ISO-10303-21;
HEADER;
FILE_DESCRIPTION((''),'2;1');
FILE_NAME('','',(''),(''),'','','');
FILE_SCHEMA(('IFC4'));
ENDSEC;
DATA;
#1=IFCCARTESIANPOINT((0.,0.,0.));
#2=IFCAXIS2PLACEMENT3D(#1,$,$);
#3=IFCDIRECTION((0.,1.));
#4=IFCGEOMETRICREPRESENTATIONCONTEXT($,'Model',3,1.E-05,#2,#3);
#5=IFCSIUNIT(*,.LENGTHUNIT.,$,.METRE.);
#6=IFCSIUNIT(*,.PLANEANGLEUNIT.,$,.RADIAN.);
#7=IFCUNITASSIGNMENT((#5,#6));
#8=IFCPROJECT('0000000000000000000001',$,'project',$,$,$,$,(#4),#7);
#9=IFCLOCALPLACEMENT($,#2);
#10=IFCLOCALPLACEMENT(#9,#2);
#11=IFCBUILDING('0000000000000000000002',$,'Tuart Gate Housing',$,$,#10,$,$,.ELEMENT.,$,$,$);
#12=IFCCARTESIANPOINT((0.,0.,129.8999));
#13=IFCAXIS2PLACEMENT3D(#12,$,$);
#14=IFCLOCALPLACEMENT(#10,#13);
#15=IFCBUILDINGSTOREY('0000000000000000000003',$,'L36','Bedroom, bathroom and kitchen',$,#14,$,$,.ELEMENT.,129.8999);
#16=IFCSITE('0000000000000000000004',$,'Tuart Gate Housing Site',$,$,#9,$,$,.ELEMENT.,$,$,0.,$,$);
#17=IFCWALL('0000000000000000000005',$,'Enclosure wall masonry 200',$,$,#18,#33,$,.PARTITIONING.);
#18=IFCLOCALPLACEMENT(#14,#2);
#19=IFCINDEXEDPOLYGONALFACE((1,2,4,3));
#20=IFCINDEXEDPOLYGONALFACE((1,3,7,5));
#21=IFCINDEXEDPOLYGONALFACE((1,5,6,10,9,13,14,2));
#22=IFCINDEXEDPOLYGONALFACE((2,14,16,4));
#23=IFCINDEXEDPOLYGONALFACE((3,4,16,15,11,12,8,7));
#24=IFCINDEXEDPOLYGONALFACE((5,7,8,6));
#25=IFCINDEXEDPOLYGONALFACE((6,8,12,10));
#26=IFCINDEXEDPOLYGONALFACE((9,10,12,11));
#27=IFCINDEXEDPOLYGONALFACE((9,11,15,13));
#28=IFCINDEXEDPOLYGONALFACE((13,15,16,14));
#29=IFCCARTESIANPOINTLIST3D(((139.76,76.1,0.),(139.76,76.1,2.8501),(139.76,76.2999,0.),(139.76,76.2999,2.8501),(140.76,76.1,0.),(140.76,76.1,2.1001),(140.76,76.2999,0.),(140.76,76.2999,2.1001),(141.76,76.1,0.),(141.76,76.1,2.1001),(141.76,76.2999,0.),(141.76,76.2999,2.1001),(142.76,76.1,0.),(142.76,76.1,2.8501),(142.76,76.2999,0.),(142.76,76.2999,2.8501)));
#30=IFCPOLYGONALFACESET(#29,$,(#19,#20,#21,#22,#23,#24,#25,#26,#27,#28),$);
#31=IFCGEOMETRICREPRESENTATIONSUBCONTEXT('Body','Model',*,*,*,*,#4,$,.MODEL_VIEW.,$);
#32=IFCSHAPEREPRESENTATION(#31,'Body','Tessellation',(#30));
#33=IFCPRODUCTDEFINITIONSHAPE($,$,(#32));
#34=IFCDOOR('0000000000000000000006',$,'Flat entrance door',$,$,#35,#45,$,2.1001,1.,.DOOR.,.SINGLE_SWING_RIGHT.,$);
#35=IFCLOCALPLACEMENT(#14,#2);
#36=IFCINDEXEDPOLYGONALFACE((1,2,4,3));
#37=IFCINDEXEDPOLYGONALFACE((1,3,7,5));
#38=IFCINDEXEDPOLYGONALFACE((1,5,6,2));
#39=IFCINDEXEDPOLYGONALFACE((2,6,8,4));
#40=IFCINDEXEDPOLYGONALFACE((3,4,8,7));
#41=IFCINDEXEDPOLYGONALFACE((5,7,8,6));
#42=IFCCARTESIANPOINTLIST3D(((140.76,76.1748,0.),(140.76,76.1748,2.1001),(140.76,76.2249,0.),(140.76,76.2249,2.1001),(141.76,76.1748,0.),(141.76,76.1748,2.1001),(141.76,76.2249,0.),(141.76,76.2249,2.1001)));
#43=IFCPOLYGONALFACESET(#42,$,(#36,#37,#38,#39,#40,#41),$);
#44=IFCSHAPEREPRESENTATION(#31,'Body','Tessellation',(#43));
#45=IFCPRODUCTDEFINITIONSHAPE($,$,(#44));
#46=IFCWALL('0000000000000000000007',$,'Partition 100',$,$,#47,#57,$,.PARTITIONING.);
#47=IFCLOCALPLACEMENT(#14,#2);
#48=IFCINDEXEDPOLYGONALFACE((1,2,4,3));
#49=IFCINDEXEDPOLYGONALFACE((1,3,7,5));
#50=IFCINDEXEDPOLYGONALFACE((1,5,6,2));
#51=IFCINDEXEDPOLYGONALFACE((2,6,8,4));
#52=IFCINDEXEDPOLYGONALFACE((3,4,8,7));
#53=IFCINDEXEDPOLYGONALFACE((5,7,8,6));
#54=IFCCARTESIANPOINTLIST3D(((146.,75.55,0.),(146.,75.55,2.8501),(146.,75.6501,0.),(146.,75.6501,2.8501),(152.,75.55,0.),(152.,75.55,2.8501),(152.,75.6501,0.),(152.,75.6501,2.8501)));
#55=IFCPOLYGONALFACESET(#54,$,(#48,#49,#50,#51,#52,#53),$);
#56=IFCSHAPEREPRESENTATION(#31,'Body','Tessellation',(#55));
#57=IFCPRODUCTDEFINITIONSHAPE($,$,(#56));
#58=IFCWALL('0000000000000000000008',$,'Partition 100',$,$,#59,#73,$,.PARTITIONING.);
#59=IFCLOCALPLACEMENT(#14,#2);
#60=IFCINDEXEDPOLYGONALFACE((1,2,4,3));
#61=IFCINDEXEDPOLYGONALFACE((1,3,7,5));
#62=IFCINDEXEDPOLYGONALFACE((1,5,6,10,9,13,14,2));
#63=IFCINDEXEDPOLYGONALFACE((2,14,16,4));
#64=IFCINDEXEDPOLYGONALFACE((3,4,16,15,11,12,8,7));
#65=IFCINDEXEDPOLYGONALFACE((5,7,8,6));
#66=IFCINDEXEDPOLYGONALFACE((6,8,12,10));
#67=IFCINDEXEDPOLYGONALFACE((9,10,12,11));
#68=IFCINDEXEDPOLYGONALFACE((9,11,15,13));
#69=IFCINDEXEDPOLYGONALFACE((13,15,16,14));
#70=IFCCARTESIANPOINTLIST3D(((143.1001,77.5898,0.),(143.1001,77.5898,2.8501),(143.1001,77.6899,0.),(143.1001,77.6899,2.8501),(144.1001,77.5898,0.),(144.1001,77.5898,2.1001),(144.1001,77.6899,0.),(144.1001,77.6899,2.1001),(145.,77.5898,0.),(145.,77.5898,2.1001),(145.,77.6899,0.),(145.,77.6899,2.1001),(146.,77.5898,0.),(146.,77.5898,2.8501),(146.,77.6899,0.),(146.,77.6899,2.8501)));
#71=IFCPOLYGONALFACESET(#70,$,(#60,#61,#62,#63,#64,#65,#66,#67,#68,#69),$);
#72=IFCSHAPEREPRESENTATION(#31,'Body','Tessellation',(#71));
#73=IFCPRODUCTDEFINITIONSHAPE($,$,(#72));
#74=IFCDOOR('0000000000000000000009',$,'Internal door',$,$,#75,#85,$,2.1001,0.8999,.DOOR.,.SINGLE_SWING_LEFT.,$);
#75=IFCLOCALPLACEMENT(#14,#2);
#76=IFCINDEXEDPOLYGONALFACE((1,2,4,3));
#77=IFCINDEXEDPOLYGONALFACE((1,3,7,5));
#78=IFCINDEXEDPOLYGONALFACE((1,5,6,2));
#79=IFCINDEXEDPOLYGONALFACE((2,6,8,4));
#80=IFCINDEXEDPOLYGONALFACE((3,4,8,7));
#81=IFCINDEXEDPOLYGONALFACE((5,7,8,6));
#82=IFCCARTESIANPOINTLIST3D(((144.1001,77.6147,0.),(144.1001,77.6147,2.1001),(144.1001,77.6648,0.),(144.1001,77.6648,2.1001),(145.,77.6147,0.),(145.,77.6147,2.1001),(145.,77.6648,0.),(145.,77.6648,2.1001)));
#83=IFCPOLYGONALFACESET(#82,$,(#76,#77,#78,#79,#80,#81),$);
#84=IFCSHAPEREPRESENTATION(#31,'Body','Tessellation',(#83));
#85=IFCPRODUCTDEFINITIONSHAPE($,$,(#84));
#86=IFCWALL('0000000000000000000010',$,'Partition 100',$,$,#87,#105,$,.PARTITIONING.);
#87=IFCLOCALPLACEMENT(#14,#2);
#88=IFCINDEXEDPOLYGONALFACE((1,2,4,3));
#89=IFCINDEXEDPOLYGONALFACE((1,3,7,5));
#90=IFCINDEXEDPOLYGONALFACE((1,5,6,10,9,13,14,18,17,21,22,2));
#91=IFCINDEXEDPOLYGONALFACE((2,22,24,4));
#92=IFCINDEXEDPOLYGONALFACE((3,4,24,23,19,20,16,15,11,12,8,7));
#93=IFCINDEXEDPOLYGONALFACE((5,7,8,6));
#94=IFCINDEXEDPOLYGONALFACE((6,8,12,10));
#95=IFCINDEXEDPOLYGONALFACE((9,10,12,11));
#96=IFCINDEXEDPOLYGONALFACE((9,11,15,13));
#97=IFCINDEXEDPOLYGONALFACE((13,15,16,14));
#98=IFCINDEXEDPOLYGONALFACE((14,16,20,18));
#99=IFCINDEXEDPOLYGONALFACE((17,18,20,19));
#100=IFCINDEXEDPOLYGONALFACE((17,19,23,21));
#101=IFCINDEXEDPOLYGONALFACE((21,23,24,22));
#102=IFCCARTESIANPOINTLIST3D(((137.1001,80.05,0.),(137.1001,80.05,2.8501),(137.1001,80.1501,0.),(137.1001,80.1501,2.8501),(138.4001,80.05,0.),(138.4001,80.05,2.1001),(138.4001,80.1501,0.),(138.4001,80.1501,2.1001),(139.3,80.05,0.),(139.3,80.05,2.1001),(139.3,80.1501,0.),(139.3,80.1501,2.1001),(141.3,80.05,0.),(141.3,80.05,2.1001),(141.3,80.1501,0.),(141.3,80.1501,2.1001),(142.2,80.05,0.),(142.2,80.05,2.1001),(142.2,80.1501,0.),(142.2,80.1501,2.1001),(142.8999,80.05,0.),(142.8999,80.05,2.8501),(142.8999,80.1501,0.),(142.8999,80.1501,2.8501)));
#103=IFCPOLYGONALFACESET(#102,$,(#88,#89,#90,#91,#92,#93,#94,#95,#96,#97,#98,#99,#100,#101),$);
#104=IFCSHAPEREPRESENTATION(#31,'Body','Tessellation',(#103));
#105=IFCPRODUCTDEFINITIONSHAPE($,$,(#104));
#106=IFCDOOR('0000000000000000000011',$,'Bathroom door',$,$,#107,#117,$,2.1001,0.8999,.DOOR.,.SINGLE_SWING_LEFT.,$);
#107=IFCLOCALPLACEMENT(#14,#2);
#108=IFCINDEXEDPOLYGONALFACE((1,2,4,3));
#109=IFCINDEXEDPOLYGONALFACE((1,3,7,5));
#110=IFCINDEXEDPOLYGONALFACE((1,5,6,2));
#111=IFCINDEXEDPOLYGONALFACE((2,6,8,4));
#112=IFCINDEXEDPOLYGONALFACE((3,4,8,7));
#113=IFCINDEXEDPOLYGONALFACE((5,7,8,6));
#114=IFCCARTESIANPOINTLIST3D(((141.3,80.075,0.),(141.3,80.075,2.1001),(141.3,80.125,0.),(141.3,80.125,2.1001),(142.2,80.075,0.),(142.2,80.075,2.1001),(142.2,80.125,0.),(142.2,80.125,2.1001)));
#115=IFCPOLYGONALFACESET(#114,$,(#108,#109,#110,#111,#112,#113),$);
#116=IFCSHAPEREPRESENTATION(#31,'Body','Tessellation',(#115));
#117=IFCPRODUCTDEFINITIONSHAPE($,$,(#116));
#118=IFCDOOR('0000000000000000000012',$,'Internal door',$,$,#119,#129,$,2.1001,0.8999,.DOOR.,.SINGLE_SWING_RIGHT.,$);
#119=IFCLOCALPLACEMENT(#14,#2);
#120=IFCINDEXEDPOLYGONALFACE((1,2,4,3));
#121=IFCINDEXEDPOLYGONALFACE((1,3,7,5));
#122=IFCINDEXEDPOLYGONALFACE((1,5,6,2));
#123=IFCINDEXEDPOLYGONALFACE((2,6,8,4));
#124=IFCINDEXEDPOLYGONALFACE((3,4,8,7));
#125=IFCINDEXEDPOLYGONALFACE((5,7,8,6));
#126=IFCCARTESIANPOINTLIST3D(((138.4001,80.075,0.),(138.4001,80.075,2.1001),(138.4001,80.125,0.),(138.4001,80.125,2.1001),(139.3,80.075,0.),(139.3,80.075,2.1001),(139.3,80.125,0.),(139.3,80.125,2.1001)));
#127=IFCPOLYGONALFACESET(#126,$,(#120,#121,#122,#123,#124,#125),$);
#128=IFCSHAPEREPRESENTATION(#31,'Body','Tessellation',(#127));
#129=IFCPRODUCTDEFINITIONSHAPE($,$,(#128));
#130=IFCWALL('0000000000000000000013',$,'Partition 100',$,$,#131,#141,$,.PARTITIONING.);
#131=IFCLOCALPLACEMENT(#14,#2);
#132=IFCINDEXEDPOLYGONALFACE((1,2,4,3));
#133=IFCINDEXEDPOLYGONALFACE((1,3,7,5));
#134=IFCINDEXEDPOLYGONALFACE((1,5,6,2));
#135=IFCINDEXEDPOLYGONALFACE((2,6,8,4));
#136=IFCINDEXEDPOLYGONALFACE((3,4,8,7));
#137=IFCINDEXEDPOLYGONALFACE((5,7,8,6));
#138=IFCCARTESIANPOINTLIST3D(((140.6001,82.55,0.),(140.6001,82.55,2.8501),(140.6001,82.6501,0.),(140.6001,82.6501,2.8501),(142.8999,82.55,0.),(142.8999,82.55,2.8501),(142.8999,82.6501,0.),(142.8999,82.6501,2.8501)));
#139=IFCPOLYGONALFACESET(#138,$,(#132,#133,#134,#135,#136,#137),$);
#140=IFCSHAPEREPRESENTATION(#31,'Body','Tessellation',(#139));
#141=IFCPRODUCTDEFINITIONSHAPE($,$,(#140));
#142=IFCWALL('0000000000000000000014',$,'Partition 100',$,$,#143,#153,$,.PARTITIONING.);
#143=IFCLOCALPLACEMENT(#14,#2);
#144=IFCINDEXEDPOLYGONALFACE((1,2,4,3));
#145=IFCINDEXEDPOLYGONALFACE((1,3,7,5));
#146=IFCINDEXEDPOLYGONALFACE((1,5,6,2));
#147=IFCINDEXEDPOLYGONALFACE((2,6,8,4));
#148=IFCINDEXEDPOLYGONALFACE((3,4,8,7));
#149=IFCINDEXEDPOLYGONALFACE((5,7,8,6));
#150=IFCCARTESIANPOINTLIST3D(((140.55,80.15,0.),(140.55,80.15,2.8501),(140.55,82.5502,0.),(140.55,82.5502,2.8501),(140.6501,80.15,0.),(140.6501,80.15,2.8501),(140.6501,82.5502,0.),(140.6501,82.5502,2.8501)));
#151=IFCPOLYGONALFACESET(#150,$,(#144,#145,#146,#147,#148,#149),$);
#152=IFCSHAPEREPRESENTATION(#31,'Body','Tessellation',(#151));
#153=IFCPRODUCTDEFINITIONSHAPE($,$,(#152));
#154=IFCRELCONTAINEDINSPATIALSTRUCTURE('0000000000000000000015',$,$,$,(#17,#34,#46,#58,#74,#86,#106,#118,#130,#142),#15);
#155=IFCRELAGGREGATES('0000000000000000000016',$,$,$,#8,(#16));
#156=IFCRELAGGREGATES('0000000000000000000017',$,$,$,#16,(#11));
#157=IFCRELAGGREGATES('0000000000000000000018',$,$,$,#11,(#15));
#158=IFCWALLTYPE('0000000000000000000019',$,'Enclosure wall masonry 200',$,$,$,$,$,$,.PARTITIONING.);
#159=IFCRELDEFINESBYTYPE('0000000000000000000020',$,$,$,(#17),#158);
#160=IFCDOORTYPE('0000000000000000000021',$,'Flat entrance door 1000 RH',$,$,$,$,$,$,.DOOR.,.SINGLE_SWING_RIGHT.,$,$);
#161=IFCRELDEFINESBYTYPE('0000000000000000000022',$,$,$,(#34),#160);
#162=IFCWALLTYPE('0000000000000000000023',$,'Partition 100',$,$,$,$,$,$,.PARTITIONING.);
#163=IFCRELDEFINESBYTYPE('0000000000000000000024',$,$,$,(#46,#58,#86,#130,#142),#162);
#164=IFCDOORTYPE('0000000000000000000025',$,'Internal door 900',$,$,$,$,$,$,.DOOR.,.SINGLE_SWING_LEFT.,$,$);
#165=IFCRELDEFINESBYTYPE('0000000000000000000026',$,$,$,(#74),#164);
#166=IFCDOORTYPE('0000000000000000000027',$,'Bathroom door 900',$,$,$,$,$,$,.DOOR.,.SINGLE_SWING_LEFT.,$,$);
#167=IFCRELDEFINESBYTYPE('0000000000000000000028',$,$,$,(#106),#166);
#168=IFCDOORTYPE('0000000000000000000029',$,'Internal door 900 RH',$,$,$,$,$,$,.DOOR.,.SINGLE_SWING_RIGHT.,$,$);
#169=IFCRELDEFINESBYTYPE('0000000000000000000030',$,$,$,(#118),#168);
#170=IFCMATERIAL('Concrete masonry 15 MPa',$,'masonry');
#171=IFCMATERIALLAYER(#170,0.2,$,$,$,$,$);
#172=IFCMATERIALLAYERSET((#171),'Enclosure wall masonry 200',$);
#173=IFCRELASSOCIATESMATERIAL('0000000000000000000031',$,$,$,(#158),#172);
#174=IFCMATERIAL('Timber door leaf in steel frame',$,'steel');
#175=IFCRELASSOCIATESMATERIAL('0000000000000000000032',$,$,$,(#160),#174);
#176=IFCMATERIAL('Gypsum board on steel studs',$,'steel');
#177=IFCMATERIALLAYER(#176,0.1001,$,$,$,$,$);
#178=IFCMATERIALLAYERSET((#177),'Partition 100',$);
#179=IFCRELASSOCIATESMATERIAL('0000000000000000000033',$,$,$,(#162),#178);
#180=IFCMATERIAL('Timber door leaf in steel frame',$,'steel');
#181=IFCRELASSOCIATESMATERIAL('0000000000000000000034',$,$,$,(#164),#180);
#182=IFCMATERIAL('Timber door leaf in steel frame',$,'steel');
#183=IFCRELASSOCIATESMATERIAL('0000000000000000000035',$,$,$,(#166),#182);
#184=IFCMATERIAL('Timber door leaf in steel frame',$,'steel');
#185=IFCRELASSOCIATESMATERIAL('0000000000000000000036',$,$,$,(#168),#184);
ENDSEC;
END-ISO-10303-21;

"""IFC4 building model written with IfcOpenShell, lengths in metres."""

from ifc_helpers import new_model, si_unit, direction, frame, frame_2d, origin, place, context, subcontext, project, spatial, rectangle, extrude, material, layer, layer_set, type_object, element, fill, save


model = new_model("IFC4")

# Units and contexts
model_context = context("Model", 3, precision=1e-05, world=origin(), true_north=direction((0.0, 1.0)))
body_context = subcontext(model_context, "Body", "Model", "MODEL_VIEW")
ifc_project = project(units=[si_unit("LENGTHUNIT", "METRE"), si_unit("PLANEANGLEUNIT", "RADIAN")], contexts=[model_context])

# Site, building, storey
site_placement = place(None, origin())
site = spatial("IfcSite", under=ifc_project, at=site_placement, Name="Tuart Gate Housing Site", CompositionType="ELEMENT", RefElevation=0.0)
building_placement = place(site_placement, origin())
building = spatial("IfcBuilding", under=site, at=building_placement, Name="Tuart Gate Housing", CompositionType="ELEMENT")
storey_placement = place(building_placement, frame((0.0, 0.0, 129.8999)))
storey = spatial("IfcBuildingStorey", under=building, at=storey_placement, Name="L36", Description="Bedroom, bathroom and kitchen", CompositionType="ELEMENT", Elevation=129.8999)

# Wall, opening, door
ifc_material_1 = material(Name="Concrete masonry 15 MPa", Category="masonry")
ifc_layer_1 = layer(ifc_material_1, 0.2)
ifc_layer_set_1 = layer_set([ifc_layer_1], Name="Enclosure wall masonry 200")
wall_type_1 = type_object("IfcWallType", Name="Enclosure wall masonry 200", PredefinedType="PARTITIONING", material=ifc_layer_set_1)
wall_1_placement = place(storey_placement, frame((139.76, 76.2, 0.0), z_axis=(0.0, 0.0, 1.0), x_axis=(1.0, 0.0, 0.0)))
wall_1 = element("IfcWall", 1, at=wall_1_placement, inside=storey, type_object=wall_type_1, Name="Enclosure wall masonry 200", PredefinedType="PARTITIONING", context=body_context, shape_type="SweptSolid", body=[
    extrude(rectangle(XDim=3.0, YDim=0.2, at=frame_2d((1.5, 0.0))), origin(), (0.0, 0.0, 1.0), 2.8501),
])
opening_1_placement = place(wall_1_placement, frame((1.0, 0.0, 0.0)))
opening_1 = element("IfcOpeningElement", 2, at=opening_1_placement, cuts=wall_1, PredefinedType="OPENING", context=body_context, shape_type="SweptSolid", body=[
    extrude(rectangle(XDim=1.0, YDim=2.1001, at=frame_2d((0.5, 1.05))), frame((0.0, 0.1099, 0.0), z_axis=(0.0, -1.0, 0.0), x_axis=(1.0, 0.0, 0.0)), (0.0, 0.0, 1.0), 0.22),
])
ifc_material_2 = material(Name="Timber door leaf in steel frame", Category="steel")
door_type_1 = type_object("IfcDoorType", Name="Flat entrance door 1000 RH", OperationType="SINGLE_SWING_RIGHT", PredefinedType="DOOR", material=ifc_material_2)
door_1_placement = place(opening_1_placement, origin())
door_1 = element("IfcDoor", 3, at=door_1_placement, inside=storey, type_object=door_type_1, Name="Flat entrance door", OperationType="SINGLE_SWING_RIGHT", OverallHeight=2.1001, OverallWidth=1.0, PredefinedType="DOOR", context=body_context, shape_type="SweptSolid", body=[
    extrude(rectangle(XDim=1.0, YDim=2.1001, at=frame_2d((0.5, 1.05))), frame((0.0, 0.0249, 0.0), z_axis=(0.0, -1.0, 0.0), x_axis=(1.0, 0.0, 0.0)), (0.0, 0.0, 1.0), 0.05),
])
fill(opening_1, door_1)

# Wall
ifc_material_3 = material(Name="Gypsum board on steel studs", Category="steel")
ifc_layer_2 = layer(ifc_material_3, 0.1001)
ifc_layer_set_2 = layer_set([ifc_layer_2], Name="Partition 100")
wall_type_2 = type_object("IfcWallType", Name="Partition 100", PredefinedType="PARTITIONING", material=ifc_layer_set_2)
wall_2_placement = place(storey_placement, frame((146.0, 75.6001, 0.0), z_axis=(0.0, 0.0, 1.0), x_axis=(1.0, 0.0, 0.0)))
element("IfcWall", 4, at=wall_2_placement, inside=storey, type_object=wall_type_2, Name="Partition 100", PredefinedType="PARTITIONING", context=body_context, shape_type="SweptSolid", body=[
    extrude(rectangle(XDim=6.0, YDim=0.1001, at=frame_2d((3.0, 0.0))), origin(), (0.0, 0.0, 1.0), 2.8501),
])

# Wall, opening, door
wall_3_placement = place(storey_placement, frame((143.1001, 77.6399, 0.0), z_axis=(0.0, 0.0, 1.0), x_axis=(1.0, 0.0, 0.0)))
wall_3 = element("IfcWall", 5, at=wall_3_placement, inside=storey, type_object=wall_type_2, Name="Partition 100", PredefinedType="PARTITIONING", context=body_context, shape_type="SweptSolid", body=[
    extrude(rectangle(XDim=2.8999, YDim=0.1001, at=frame_2d((1.45, 0.0))), origin(), (0.0, 0.0, 1.0), 2.8501),
])
opening_2_placement = place(wall_3_placement, frame((1.0, 0.0, 0.0)))
opening_2 = element("IfcOpeningElement", 6, at=opening_2_placement, cuts=wall_3, PredefinedType="OPENING", context=body_context, shape_type="SweptSolid", body=[
    extrude(rectangle(XDim=0.8999, YDim=2.1001, at=frame_2d((0.45, 1.05))), frame((0.0, 0.0601, 0.0), z_axis=(0.0, -1.0, 0.0), x_axis=(1.0, 0.0, 0.0)), (0.0, 0.0, 1.0), 0.1201),
])
ifc_material_4 = material(Name="Timber door leaf in steel frame", Category="steel")
door_type_2 = type_object("IfcDoorType", Name="Internal door 900", OperationType="SINGLE_SWING_LEFT", PredefinedType="DOOR", material=ifc_material_4)
door_2_placement = place(opening_2_placement, frame((0.8999, 0.0, 0.0), z_axis=(0.0, 0.0, 1.0), x_axis=(-1.0, 0.0, 0.0)))
door_2 = element("IfcDoor", 7, at=door_2_placement, inside=storey, type_object=door_type_2, Name="Internal door", OperationType="SINGLE_SWING_LEFT", OverallHeight=2.1001, OverallWidth=0.8999, PredefinedType="DOOR", context=body_context, shape_type="SweptSolid", body=[
    extrude(rectangle(XDim=0.8999, YDim=2.1001, at=frame_2d((0.45, 1.05))), frame((0.0, 0.0251, 0.0), z_axis=(0.0, -1.0, 0.0), x_axis=(1.0, 0.0, 0.0)), (0.0, 0.0, 1.0), 0.05),
])
fill(opening_2, door_2)

# Wall, openings, doors
wall_4_placement = place(storey_placement, frame((137.1001, 80.1001, 0.0), z_axis=(0.0, 0.0, 1.0), x_axis=(1.0, 0.0, 0.0)))
wall_4 = element("IfcWall", 8, at=wall_4_placement, inside=storey, type_object=wall_type_2, Name="Partition 100", PredefinedType="PARTITIONING", context=body_context, shape_type="SweptSolid", body=[
    extrude(rectangle(XDim=5.7998, YDim=0.1001, at=frame_2d((2.8999, 0.0))), origin(), (0.0, 0.0, 1.0), 2.8501),
])
opening_3_placement = place(wall_4_placement, frame((1.3, 0.0, 0.0)))
opening_3 = element("IfcOpeningElement", 9, at=opening_3_placement, cuts=wall_4, PredefinedType="OPENING", context=body_context, shape_type="SweptSolid", body=[
    extrude(rectangle(XDim=0.8999, YDim=2.1001, at=frame_2d((0.45, 1.05))), frame((0.0, 0.0601, 0.0), z_axis=(0.0, -1.0, 0.0), x_axis=(1.0, 0.0, 0.0)), (0.0, 0.0, 1.0), 0.1201),
])
opening_4_placement = place(wall_4_placement, frame((4.2, 0.0, 0.0)))
opening_4 = element("IfcOpeningElement", 10, at=opening_4_placement, cuts=wall_4, PredefinedType="OPENING", context=body_context, shape_type="SweptSolid", body=[
    extrude(rectangle(XDim=0.8999, YDim=2.1001, at=frame_2d((0.45, 1.05))), frame((0.0, 0.0601, 0.0), z_axis=(0.0, -1.0, 0.0), x_axis=(1.0, 0.0, 0.0)), (0.0, 0.0, 1.0), 0.1201),
])
ifc_material_5 = material(Name="Timber door leaf in steel frame", Category="steel")
door_type_3 = type_object("IfcDoorType", Name="Bathroom door 900", OperationType="SINGLE_SWING_LEFT", PredefinedType="DOOR", material=ifc_material_5)
door_3_placement = place(opening_4_placement, origin())
door_3 = element("IfcDoor", 11, at=door_3_placement, inside=storey, type_object=door_type_3, Name="Bathroom door", OperationType="SINGLE_SWING_LEFT", OverallHeight=2.1001, OverallWidth=0.8999, PredefinedType="DOOR", context=body_context, shape_type="SweptSolid", body=[
    extrude(rectangle(XDim=0.8999, YDim=2.1001, at=frame_2d((0.45, 1.05))), frame((0.0, 0.0249, 0.0), z_axis=(0.0, -1.0, 0.0), x_axis=(1.0, 0.0, 0.0)), (0.0, 0.0, 1.0), 0.05),
])
fill(opening_4, door_3)
ifc_material_6 = material(Name="Timber door leaf in steel frame", Category="steel")
door_type_4 = type_object("IfcDoorType", Name="Internal door 900 RH", OperationType="SINGLE_SWING_RIGHT", PredefinedType="DOOR", material=ifc_material_6)
door_4_placement = place(opening_3_placement, frame((0.8999, 0.0, 0.0), z_axis=(0.0, 0.0, 1.0), x_axis=(-1.0, 0.0, 0.0)))
door_4 = element("IfcDoor", 12, at=door_4_placement, inside=storey, type_object=door_type_4, Name="Internal door", OperationType="SINGLE_SWING_RIGHT", OverallHeight=2.1001, OverallWidth=0.8999, PredefinedType="DOOR", context=body_context, shape_type="SweptSolid", body=[
    extrude(rectangle(XDim=0.8999, YDim=2.1001, at=frame_2d((0.45, 1.05))), frame((0.0, 0.0251, 0.0), z_axis=(0.0, -1.0, 0.0), x_axis=(1.0, 0.0, 0.0)), (0.0, 0.0, 1.0), 0.05),
])
fill(opening_3, door_4)

# Walls
wall_5_placement = place(storey_placement, frame((140.6001, 82.6001, 0.0), z_axis=(0.0, 0.0, 1.0), x_axis=(1.0, 0.0, 0.0)))
element("IfcWall", 13, at=wall_5_placement, inside=storey, type_object=wall_type_2, Name="Partition 100", PredefinedType="PARTITIONING", context=body_context, shape_type="SweptSolid", body=[
    extrude(rectangle(XDim=2.2998, YDim=0.1001, at=frame_2d((1.1499, 0.0))), origin(), (0.0, 0.0, 1.0), 2.8501),
])
wall_6_placement = place(storey_placement, frame((140.6001, 80.1499, 0.0), z_axis=(0.0, 0.0, 1.0), x_axis=(0.0, 1.0, 0.0)))
element("IfcWall", 14, at=wall_6_placement, inside=storey, type_object=wall_type_2, Name="Partition 100", PredefinedType="PARTITIONING", context=body_context, shape_type="SweptSolid", body=[
    extrude(rectangle(XDim=2.4001, YDim=0.1001, at=frame_2d((1.2002, 0.0))), origin(), (0.0, 0.0, 1.0), 2.8501),
])

save(model, "model.ifc")
